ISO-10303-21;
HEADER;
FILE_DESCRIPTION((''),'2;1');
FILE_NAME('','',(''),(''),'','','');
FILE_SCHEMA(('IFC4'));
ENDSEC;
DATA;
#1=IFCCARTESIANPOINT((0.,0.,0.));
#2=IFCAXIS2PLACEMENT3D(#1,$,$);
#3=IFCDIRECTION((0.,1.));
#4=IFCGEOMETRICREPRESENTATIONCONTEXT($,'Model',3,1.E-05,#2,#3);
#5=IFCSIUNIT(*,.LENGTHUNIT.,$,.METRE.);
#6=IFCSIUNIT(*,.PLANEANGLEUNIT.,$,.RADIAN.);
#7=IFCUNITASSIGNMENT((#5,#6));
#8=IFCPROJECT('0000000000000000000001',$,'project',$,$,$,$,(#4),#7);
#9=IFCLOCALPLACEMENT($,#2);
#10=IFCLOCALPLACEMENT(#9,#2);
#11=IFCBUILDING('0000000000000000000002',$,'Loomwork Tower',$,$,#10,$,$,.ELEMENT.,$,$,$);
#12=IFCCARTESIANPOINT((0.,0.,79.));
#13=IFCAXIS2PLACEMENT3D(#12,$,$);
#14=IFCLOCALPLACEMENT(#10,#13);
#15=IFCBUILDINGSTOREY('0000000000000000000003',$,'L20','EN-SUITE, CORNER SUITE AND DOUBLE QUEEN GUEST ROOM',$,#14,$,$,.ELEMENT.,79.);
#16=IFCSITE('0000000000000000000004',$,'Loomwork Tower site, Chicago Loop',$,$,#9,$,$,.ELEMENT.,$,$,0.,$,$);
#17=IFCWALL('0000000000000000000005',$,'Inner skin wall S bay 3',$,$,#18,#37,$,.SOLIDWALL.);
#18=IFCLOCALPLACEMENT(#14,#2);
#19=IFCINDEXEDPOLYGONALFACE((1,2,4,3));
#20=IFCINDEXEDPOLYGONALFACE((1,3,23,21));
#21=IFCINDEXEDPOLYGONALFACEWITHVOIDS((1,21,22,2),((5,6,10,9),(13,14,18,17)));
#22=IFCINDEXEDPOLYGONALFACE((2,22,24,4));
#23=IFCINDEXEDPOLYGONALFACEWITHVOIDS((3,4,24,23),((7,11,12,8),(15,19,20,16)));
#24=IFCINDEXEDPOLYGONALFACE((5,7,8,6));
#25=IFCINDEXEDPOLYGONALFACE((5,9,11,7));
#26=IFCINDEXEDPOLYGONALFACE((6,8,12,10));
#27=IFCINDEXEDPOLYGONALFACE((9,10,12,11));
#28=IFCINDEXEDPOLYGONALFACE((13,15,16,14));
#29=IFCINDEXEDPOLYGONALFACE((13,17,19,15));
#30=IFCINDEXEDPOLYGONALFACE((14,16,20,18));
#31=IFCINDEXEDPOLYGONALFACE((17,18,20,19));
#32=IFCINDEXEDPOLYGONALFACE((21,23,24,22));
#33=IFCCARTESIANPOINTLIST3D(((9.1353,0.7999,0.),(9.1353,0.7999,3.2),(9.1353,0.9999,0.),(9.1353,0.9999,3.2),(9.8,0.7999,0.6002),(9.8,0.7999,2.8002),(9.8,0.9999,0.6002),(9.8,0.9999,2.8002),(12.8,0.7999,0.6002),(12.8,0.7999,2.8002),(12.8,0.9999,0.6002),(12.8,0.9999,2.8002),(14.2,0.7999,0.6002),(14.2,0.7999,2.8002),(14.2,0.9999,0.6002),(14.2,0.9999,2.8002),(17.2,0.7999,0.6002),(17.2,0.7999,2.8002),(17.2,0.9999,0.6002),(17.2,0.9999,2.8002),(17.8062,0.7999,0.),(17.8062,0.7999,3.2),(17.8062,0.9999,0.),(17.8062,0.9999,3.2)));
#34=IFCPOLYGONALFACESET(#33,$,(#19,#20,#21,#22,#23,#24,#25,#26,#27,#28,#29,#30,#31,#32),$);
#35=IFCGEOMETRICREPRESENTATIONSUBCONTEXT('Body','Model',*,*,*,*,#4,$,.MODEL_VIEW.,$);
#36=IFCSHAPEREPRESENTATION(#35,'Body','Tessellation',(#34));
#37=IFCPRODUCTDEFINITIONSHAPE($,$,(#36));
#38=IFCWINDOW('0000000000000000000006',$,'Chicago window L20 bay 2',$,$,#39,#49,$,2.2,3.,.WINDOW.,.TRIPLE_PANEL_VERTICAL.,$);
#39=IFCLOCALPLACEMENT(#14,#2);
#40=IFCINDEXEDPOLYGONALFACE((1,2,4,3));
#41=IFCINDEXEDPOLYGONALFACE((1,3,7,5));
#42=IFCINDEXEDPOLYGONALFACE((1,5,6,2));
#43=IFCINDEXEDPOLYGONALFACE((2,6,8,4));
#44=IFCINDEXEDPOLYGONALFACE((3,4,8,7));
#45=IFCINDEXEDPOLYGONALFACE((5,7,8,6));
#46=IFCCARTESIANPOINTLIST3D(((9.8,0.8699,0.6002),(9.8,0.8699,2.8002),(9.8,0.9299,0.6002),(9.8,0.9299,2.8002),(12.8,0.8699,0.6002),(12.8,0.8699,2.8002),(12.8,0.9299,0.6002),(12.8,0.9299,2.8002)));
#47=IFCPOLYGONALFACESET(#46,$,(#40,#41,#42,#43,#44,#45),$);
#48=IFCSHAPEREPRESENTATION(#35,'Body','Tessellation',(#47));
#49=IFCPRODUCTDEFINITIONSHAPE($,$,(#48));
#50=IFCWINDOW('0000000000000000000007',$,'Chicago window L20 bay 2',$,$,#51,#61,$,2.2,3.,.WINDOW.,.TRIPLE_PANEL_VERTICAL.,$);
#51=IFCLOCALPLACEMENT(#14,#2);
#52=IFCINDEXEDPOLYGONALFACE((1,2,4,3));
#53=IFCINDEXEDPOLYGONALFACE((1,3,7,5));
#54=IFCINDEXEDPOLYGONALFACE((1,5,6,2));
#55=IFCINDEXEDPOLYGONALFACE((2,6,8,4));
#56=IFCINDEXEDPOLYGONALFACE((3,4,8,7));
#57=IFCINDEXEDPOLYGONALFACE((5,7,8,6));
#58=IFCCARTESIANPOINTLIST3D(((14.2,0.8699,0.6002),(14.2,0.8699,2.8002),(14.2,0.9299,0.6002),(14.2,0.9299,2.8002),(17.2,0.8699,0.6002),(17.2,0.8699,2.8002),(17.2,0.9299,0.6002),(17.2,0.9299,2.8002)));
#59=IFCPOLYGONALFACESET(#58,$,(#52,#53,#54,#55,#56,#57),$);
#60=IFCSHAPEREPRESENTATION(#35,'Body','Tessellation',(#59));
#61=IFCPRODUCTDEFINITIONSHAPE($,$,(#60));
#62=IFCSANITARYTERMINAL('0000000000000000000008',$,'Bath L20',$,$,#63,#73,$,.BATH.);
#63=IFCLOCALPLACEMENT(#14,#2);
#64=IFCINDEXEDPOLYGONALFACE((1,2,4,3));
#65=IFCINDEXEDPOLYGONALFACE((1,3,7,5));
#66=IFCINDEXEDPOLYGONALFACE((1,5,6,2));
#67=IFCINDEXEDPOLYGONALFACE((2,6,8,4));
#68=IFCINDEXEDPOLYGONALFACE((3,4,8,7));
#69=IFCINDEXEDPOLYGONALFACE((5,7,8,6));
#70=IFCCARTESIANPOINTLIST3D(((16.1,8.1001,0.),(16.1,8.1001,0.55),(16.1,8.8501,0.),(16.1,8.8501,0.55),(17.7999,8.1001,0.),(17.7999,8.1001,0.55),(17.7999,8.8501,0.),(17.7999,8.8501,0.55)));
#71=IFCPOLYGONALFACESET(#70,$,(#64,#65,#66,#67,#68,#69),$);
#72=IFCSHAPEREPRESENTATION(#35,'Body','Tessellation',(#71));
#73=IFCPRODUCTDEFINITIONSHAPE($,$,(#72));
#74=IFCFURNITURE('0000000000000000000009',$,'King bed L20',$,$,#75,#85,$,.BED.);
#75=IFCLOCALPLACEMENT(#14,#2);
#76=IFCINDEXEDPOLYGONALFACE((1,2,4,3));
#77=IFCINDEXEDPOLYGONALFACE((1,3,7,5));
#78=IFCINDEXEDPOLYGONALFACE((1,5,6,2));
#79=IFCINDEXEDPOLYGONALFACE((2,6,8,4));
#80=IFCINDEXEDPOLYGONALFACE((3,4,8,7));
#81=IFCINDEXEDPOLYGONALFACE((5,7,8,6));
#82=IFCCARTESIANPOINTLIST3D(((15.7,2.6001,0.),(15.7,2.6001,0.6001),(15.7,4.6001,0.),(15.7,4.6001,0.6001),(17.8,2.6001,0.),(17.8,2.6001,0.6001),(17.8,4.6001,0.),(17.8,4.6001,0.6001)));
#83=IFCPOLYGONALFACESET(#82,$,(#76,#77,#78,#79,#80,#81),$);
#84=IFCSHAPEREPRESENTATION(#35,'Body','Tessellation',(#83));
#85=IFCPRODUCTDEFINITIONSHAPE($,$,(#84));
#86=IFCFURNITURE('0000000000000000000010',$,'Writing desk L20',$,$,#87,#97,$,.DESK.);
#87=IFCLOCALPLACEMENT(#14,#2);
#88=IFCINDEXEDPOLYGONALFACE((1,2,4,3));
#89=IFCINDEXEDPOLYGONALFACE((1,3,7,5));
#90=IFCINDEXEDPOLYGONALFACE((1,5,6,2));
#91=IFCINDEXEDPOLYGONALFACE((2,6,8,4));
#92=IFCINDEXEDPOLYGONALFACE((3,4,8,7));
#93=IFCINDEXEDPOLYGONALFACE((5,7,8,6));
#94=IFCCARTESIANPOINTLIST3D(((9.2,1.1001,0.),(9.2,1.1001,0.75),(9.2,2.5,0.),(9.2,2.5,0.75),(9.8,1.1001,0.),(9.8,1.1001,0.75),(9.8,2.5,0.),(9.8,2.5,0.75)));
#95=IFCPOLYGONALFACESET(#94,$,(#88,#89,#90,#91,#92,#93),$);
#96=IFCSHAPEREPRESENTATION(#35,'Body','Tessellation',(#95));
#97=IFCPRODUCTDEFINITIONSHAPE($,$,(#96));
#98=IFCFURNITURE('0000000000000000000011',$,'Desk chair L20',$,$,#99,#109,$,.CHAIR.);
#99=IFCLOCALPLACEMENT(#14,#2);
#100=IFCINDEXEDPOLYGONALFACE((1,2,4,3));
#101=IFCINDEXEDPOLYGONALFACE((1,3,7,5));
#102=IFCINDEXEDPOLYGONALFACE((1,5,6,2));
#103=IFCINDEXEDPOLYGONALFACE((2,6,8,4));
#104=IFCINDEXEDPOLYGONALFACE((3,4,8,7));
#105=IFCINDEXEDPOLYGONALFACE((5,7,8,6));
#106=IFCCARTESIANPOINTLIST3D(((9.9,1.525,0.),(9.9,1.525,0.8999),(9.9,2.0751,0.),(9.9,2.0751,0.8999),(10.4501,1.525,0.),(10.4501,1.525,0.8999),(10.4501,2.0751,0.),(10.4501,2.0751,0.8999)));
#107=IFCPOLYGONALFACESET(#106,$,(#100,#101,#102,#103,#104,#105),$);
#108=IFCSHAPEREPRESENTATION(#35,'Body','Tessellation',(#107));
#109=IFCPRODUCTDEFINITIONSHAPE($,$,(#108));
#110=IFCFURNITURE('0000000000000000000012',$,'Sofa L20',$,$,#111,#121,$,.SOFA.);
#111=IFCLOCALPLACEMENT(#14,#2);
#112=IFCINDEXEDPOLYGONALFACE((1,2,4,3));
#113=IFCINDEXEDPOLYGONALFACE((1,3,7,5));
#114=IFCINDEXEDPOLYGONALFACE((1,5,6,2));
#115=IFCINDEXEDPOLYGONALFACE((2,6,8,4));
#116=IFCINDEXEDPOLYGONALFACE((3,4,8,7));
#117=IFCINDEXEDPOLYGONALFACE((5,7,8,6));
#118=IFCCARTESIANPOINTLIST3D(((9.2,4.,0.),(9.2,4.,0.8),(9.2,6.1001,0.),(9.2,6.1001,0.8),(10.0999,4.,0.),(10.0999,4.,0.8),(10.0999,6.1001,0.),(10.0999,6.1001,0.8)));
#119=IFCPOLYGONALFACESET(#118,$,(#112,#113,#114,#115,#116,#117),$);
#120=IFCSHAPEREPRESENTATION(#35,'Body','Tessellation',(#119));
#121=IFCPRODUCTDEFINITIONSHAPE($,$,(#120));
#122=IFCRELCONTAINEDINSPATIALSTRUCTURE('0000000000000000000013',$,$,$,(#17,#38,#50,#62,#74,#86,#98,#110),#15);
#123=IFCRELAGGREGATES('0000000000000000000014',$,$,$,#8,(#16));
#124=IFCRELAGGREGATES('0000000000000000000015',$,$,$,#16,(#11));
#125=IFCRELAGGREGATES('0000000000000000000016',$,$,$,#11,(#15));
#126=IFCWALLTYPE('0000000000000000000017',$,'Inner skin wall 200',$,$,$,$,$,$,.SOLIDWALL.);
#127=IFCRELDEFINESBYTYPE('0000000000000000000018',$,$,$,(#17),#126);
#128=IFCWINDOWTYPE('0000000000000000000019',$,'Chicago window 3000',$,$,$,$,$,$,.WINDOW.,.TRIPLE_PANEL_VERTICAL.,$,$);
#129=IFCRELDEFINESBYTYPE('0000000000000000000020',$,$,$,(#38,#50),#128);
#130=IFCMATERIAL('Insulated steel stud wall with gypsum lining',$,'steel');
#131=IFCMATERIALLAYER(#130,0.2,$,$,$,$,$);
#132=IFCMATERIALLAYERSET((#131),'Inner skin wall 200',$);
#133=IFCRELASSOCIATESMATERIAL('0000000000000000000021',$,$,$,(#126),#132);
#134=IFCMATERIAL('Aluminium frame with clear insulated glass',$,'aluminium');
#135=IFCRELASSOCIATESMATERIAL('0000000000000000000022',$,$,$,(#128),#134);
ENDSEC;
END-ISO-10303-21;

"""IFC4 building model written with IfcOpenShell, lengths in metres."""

from ifc_helpers import new_model, si_unit, direction, frame, frame_2d, origin, origin_2d, place, context, subcontext, project, spatial, rectangle, extrude, material, layer, layer_set, type_object, element, fill, save


model = new_model("IFC4")

# Units and contexts
model_context = context("Model", 3, precision=1e-05, world=origin(), true_north=direction((0.0, 1.0)))
body_context = subcontext(model_context, "Body", "Model", "MODEL_VIEW")
ifc_project = project(units=[si_unit("LENGTHUNIT", "METRE"), si_unit("PLANEANGLEUNIT", "RADIAN")], contexts=[model_context])

# Site, building, storey
site_placement = place(None, origin())
site = spatial("IfcSite", under=ifc_project, at=site_placement, Name="Loomwork Tower site, Chicago Loop", CompositionType="ELEMENT", RefElevation=0.0)
building_placement = place(site_placement, origin())
building = spatial("IfcBuilding", under=site, at=building_placement, Name="Loomwork Tower", CompositionType="ELEMENT")
storey_placement = place(building_placement, frame((0.0, 0.0, 79.0)))
storey = spatial("IfcBuildingStorey", under=building, at=storey_placement, Name="L20", Description="EN-SUITE, CORNER SUITE AND DOUBLE QUEEN GUEST ROOM", CompositionType="ELEMENT", Elevation=79.0)

# Wall, openings, windows
ifc_material_1 = material(Name="Insulated steel stud wall with gypsum lining", Category="steel")
ifc_layer_1 = layer(ifc_material_1, 0.2)
ifc_layer_set_1 = layer_set([ifc_layer_1], Name="Inner skin wall 200")
wall_type_1 = type_object("IfcWallType", Name="Inner skin wall 200", PredefinedType="SOLIDWALL", material=ifc_layer_set_1)
wall_1_placement = place(storey_placement, frame((9.1353, 0.8999, 0.0), z_axis=(0.0, 0.0, 1.0), x_axis=(1.0, 0.0, 0.0)))
wall_1 = element("IfcWall", 1, at=wall_1_placement, inside=storey, type_object=wall_type_1, Name="Inner skin wall S bay 3", PredefinedType="SOLIDWALL", context=body_context, shape_type="SweptSolid", body=[
    extrude(rectangle(XDim=8.6709, YDim=0.2, at=frame_2d((4.3354, 0.0))), origin(), (0.0, 0.0, 1.0), 3.2),
])
opening_1_placement = place(wall_1_placement, frame((0.6648, 0.0, 0.6001)))
opening_1 = element("IfcOpeningElement", 2, at=opening_1_placement, cuts=wall_1, PredefinedType="OPENING", context=body_context, shape_type="SweptSolid", body=[
    extrude(rectangle(XDim=3.0, YDim=2.2, at=frame_2d((1.5, 1.1001))), frame((0.0, 0.1099, 0.0), z_axis=(0.0, -1.0, 0.0), x_axis=(1.0, 0.0, 0.0)), (0.0, 0.0, 1.0), 0.22),
])
opening_2_placement = place(wall_1_placement, frame((5.0647, 0.0, 0.6001)))
opening_2 = element("IfcOpeningElement", 3, at=opening_2_placement, cuts=wall_1, PredefinedType="OPENING", context=body_context, shape_type="SweptSolid", body=[
    extrude(rectangle(XDim=3.0, YDim=2.2, at=frame_2d((1.5, 1.1001))), frame((0.0, 0.1099, 0.0), z_axis=(0.0, -1.0, 0.0), x_axis=(1.0, 0.0, 0.0)), (0.0, 0.0, 1.0), 0.22),
])
ifc_material_2 = material(Name="Aluminium frame with clear insulated glass", Category="aluminium")
window_type = type_object("IfcWindowType", Name="Chicago window 3000", PartitioningType="TRIPLE_PANEL_VERTICAL", PredefinedType="WINDOW", material=ifc_material_2)
window_1_placement = place(opening_1_placement, origin())
window_1 = element("IfcWindow", 4, at=window_1_placement, inside=storey, type_object=window_type, Name="Chicago window L20 bay 2", OverallHeight=2.2, OverallWidth=3.0, PartitioningType="TRIPLE_PANEL_VERTICAL", PredefinedType="WINDOW", context=body_context, shape_type="SweptSolid", body=[
    extrude(rectangle(XDim=3.0, YDim=2.2, at=frame_2d((1.5, 1.1001))), frame((0.0, 0.03, 0.0), z_axis=(0.0, -1.0, 0.0), x_axis=(1.0, 0.0, 0.0)), (0.0, 0.0, 1.0), 0.0601),
])
fill(opening_1, window_1)
window_2_placement = place(opening_2_placement, origin())
window_2 = element("IfcWindow", 5, at=window_2_placement, inside=storey, type_object=window_type, Name="Chicago window L20 bay 2", OverallHeight=2.2, OverallWidth=3.0, PartitioningType="TRIPLE_PANEL_VERTICAL", PredefinedType="WINDOW", context=body_context, shape_type="SweptSolid", body=[
    extrude(rectangle(XDim=3.0, YDim=2.2, at=frame_2d((1.5, 1.1001))), frame((0.0, 0.03, 0.0), z_axis=(0.0, -1.0, 0.0), x_axis=(1.0, 0.0, 0.0)), (0.0, 0.0, 1.0), 0.0601),
])
fill(opening_2, window_2)

# Sanitary terminal
sanitary_terminal_placement = place(storey_placement, frame((16.95, 8.4751, 0.0), z_axis=(0.0, 0.0, 1.0), x_axis=(1.0, 0.0, 0.0)))
element("IfcSanitaryTerminal", 6, at=sanitary_terminal_placement, inside=storey, Name="Bath L20", PredefinedType="BATH", context=body_context, shape_type="SweptSolid", body=[
    extrude(rectangle(XDim=1.7, YDim=0.75, at=origin_2d()), origin(), (0.0, 0.0, 1.0), 0.55),
])

# Furniture
furniture_1_placement = place(storey_placement, frame((16.75, 3.6001, 0.0), z_axis=(0.0, 0.0, 1.0), x_axis=(1.0, 0.0, 0.0)))
element("IfcFurniture", 7, at=furniture_1_placement, inside=storey, Name="King bed L20", PredefinedType="BED", context=body_context, shape_type="SweptSolid", body=[
    extrude(rectangle(XDim=2.1001, YDim=2.0, at=origin_2d()), origin(), (0.0, 0.0, 1.0), 0.6001),
])
furniture_2_placement = place(storey_placement, frame((9.5, 1.8, 0.0), z_axis=(0.0, 0.0, 1.0), x_axis=(1.0, 0.0, 0.0)))
element("IfcFurniture", 8, at=furniture_2_placement, inside=storey, Name="Writing desk L20", PredefinedType="DESK", context=body_context, shape_type="SweptSolid", body=[
    extrude(rectangle(XDim=0.6001, YDim=1.3999, at=origin_2d()), origin(), (0.0, 0.0, 1.0), 0.75),
])
furniture_3_placement = place(storey_placement, frame((10.175, 1.8, 0.0), z_axis=(0.0, 0.0, 1.0), x_axis=(1.0, 0.0, 0.0)))
element("IfcFurniture", 9, at=furniture_3_placement, inside=storey, Name="Desk chair L20", PredefinedType="CHAIR", context=body_context, shape_type="SweptSolid", body=[
    extrude(rectangle(XDim=0.55, YDim=0.55, at=origin_2d()), origin(), (0.0, 0.0, 1.0), 0.8999),
])
furniture_4_placement = place(storey_placement, frame((9.6499, 5.05, 0.0), z_axis=(0.0, 0.0, 1.0), x_axis=(1.0, 0.0, 0.0)))
element("IfcFurniture", 10, at=furniture_4_placement, inside=storey, Name="Sofa L20", PredefinedType="SOFA", context=body_context, shape_type="SweptSolid", body=[
    extrude(rectangle(XDim=0.8999, YDim=2.1001, at=origin_2d()), origin(), (0.0, 0.0, 1.0), 0.8),
])

save(model, "model.ifc")
